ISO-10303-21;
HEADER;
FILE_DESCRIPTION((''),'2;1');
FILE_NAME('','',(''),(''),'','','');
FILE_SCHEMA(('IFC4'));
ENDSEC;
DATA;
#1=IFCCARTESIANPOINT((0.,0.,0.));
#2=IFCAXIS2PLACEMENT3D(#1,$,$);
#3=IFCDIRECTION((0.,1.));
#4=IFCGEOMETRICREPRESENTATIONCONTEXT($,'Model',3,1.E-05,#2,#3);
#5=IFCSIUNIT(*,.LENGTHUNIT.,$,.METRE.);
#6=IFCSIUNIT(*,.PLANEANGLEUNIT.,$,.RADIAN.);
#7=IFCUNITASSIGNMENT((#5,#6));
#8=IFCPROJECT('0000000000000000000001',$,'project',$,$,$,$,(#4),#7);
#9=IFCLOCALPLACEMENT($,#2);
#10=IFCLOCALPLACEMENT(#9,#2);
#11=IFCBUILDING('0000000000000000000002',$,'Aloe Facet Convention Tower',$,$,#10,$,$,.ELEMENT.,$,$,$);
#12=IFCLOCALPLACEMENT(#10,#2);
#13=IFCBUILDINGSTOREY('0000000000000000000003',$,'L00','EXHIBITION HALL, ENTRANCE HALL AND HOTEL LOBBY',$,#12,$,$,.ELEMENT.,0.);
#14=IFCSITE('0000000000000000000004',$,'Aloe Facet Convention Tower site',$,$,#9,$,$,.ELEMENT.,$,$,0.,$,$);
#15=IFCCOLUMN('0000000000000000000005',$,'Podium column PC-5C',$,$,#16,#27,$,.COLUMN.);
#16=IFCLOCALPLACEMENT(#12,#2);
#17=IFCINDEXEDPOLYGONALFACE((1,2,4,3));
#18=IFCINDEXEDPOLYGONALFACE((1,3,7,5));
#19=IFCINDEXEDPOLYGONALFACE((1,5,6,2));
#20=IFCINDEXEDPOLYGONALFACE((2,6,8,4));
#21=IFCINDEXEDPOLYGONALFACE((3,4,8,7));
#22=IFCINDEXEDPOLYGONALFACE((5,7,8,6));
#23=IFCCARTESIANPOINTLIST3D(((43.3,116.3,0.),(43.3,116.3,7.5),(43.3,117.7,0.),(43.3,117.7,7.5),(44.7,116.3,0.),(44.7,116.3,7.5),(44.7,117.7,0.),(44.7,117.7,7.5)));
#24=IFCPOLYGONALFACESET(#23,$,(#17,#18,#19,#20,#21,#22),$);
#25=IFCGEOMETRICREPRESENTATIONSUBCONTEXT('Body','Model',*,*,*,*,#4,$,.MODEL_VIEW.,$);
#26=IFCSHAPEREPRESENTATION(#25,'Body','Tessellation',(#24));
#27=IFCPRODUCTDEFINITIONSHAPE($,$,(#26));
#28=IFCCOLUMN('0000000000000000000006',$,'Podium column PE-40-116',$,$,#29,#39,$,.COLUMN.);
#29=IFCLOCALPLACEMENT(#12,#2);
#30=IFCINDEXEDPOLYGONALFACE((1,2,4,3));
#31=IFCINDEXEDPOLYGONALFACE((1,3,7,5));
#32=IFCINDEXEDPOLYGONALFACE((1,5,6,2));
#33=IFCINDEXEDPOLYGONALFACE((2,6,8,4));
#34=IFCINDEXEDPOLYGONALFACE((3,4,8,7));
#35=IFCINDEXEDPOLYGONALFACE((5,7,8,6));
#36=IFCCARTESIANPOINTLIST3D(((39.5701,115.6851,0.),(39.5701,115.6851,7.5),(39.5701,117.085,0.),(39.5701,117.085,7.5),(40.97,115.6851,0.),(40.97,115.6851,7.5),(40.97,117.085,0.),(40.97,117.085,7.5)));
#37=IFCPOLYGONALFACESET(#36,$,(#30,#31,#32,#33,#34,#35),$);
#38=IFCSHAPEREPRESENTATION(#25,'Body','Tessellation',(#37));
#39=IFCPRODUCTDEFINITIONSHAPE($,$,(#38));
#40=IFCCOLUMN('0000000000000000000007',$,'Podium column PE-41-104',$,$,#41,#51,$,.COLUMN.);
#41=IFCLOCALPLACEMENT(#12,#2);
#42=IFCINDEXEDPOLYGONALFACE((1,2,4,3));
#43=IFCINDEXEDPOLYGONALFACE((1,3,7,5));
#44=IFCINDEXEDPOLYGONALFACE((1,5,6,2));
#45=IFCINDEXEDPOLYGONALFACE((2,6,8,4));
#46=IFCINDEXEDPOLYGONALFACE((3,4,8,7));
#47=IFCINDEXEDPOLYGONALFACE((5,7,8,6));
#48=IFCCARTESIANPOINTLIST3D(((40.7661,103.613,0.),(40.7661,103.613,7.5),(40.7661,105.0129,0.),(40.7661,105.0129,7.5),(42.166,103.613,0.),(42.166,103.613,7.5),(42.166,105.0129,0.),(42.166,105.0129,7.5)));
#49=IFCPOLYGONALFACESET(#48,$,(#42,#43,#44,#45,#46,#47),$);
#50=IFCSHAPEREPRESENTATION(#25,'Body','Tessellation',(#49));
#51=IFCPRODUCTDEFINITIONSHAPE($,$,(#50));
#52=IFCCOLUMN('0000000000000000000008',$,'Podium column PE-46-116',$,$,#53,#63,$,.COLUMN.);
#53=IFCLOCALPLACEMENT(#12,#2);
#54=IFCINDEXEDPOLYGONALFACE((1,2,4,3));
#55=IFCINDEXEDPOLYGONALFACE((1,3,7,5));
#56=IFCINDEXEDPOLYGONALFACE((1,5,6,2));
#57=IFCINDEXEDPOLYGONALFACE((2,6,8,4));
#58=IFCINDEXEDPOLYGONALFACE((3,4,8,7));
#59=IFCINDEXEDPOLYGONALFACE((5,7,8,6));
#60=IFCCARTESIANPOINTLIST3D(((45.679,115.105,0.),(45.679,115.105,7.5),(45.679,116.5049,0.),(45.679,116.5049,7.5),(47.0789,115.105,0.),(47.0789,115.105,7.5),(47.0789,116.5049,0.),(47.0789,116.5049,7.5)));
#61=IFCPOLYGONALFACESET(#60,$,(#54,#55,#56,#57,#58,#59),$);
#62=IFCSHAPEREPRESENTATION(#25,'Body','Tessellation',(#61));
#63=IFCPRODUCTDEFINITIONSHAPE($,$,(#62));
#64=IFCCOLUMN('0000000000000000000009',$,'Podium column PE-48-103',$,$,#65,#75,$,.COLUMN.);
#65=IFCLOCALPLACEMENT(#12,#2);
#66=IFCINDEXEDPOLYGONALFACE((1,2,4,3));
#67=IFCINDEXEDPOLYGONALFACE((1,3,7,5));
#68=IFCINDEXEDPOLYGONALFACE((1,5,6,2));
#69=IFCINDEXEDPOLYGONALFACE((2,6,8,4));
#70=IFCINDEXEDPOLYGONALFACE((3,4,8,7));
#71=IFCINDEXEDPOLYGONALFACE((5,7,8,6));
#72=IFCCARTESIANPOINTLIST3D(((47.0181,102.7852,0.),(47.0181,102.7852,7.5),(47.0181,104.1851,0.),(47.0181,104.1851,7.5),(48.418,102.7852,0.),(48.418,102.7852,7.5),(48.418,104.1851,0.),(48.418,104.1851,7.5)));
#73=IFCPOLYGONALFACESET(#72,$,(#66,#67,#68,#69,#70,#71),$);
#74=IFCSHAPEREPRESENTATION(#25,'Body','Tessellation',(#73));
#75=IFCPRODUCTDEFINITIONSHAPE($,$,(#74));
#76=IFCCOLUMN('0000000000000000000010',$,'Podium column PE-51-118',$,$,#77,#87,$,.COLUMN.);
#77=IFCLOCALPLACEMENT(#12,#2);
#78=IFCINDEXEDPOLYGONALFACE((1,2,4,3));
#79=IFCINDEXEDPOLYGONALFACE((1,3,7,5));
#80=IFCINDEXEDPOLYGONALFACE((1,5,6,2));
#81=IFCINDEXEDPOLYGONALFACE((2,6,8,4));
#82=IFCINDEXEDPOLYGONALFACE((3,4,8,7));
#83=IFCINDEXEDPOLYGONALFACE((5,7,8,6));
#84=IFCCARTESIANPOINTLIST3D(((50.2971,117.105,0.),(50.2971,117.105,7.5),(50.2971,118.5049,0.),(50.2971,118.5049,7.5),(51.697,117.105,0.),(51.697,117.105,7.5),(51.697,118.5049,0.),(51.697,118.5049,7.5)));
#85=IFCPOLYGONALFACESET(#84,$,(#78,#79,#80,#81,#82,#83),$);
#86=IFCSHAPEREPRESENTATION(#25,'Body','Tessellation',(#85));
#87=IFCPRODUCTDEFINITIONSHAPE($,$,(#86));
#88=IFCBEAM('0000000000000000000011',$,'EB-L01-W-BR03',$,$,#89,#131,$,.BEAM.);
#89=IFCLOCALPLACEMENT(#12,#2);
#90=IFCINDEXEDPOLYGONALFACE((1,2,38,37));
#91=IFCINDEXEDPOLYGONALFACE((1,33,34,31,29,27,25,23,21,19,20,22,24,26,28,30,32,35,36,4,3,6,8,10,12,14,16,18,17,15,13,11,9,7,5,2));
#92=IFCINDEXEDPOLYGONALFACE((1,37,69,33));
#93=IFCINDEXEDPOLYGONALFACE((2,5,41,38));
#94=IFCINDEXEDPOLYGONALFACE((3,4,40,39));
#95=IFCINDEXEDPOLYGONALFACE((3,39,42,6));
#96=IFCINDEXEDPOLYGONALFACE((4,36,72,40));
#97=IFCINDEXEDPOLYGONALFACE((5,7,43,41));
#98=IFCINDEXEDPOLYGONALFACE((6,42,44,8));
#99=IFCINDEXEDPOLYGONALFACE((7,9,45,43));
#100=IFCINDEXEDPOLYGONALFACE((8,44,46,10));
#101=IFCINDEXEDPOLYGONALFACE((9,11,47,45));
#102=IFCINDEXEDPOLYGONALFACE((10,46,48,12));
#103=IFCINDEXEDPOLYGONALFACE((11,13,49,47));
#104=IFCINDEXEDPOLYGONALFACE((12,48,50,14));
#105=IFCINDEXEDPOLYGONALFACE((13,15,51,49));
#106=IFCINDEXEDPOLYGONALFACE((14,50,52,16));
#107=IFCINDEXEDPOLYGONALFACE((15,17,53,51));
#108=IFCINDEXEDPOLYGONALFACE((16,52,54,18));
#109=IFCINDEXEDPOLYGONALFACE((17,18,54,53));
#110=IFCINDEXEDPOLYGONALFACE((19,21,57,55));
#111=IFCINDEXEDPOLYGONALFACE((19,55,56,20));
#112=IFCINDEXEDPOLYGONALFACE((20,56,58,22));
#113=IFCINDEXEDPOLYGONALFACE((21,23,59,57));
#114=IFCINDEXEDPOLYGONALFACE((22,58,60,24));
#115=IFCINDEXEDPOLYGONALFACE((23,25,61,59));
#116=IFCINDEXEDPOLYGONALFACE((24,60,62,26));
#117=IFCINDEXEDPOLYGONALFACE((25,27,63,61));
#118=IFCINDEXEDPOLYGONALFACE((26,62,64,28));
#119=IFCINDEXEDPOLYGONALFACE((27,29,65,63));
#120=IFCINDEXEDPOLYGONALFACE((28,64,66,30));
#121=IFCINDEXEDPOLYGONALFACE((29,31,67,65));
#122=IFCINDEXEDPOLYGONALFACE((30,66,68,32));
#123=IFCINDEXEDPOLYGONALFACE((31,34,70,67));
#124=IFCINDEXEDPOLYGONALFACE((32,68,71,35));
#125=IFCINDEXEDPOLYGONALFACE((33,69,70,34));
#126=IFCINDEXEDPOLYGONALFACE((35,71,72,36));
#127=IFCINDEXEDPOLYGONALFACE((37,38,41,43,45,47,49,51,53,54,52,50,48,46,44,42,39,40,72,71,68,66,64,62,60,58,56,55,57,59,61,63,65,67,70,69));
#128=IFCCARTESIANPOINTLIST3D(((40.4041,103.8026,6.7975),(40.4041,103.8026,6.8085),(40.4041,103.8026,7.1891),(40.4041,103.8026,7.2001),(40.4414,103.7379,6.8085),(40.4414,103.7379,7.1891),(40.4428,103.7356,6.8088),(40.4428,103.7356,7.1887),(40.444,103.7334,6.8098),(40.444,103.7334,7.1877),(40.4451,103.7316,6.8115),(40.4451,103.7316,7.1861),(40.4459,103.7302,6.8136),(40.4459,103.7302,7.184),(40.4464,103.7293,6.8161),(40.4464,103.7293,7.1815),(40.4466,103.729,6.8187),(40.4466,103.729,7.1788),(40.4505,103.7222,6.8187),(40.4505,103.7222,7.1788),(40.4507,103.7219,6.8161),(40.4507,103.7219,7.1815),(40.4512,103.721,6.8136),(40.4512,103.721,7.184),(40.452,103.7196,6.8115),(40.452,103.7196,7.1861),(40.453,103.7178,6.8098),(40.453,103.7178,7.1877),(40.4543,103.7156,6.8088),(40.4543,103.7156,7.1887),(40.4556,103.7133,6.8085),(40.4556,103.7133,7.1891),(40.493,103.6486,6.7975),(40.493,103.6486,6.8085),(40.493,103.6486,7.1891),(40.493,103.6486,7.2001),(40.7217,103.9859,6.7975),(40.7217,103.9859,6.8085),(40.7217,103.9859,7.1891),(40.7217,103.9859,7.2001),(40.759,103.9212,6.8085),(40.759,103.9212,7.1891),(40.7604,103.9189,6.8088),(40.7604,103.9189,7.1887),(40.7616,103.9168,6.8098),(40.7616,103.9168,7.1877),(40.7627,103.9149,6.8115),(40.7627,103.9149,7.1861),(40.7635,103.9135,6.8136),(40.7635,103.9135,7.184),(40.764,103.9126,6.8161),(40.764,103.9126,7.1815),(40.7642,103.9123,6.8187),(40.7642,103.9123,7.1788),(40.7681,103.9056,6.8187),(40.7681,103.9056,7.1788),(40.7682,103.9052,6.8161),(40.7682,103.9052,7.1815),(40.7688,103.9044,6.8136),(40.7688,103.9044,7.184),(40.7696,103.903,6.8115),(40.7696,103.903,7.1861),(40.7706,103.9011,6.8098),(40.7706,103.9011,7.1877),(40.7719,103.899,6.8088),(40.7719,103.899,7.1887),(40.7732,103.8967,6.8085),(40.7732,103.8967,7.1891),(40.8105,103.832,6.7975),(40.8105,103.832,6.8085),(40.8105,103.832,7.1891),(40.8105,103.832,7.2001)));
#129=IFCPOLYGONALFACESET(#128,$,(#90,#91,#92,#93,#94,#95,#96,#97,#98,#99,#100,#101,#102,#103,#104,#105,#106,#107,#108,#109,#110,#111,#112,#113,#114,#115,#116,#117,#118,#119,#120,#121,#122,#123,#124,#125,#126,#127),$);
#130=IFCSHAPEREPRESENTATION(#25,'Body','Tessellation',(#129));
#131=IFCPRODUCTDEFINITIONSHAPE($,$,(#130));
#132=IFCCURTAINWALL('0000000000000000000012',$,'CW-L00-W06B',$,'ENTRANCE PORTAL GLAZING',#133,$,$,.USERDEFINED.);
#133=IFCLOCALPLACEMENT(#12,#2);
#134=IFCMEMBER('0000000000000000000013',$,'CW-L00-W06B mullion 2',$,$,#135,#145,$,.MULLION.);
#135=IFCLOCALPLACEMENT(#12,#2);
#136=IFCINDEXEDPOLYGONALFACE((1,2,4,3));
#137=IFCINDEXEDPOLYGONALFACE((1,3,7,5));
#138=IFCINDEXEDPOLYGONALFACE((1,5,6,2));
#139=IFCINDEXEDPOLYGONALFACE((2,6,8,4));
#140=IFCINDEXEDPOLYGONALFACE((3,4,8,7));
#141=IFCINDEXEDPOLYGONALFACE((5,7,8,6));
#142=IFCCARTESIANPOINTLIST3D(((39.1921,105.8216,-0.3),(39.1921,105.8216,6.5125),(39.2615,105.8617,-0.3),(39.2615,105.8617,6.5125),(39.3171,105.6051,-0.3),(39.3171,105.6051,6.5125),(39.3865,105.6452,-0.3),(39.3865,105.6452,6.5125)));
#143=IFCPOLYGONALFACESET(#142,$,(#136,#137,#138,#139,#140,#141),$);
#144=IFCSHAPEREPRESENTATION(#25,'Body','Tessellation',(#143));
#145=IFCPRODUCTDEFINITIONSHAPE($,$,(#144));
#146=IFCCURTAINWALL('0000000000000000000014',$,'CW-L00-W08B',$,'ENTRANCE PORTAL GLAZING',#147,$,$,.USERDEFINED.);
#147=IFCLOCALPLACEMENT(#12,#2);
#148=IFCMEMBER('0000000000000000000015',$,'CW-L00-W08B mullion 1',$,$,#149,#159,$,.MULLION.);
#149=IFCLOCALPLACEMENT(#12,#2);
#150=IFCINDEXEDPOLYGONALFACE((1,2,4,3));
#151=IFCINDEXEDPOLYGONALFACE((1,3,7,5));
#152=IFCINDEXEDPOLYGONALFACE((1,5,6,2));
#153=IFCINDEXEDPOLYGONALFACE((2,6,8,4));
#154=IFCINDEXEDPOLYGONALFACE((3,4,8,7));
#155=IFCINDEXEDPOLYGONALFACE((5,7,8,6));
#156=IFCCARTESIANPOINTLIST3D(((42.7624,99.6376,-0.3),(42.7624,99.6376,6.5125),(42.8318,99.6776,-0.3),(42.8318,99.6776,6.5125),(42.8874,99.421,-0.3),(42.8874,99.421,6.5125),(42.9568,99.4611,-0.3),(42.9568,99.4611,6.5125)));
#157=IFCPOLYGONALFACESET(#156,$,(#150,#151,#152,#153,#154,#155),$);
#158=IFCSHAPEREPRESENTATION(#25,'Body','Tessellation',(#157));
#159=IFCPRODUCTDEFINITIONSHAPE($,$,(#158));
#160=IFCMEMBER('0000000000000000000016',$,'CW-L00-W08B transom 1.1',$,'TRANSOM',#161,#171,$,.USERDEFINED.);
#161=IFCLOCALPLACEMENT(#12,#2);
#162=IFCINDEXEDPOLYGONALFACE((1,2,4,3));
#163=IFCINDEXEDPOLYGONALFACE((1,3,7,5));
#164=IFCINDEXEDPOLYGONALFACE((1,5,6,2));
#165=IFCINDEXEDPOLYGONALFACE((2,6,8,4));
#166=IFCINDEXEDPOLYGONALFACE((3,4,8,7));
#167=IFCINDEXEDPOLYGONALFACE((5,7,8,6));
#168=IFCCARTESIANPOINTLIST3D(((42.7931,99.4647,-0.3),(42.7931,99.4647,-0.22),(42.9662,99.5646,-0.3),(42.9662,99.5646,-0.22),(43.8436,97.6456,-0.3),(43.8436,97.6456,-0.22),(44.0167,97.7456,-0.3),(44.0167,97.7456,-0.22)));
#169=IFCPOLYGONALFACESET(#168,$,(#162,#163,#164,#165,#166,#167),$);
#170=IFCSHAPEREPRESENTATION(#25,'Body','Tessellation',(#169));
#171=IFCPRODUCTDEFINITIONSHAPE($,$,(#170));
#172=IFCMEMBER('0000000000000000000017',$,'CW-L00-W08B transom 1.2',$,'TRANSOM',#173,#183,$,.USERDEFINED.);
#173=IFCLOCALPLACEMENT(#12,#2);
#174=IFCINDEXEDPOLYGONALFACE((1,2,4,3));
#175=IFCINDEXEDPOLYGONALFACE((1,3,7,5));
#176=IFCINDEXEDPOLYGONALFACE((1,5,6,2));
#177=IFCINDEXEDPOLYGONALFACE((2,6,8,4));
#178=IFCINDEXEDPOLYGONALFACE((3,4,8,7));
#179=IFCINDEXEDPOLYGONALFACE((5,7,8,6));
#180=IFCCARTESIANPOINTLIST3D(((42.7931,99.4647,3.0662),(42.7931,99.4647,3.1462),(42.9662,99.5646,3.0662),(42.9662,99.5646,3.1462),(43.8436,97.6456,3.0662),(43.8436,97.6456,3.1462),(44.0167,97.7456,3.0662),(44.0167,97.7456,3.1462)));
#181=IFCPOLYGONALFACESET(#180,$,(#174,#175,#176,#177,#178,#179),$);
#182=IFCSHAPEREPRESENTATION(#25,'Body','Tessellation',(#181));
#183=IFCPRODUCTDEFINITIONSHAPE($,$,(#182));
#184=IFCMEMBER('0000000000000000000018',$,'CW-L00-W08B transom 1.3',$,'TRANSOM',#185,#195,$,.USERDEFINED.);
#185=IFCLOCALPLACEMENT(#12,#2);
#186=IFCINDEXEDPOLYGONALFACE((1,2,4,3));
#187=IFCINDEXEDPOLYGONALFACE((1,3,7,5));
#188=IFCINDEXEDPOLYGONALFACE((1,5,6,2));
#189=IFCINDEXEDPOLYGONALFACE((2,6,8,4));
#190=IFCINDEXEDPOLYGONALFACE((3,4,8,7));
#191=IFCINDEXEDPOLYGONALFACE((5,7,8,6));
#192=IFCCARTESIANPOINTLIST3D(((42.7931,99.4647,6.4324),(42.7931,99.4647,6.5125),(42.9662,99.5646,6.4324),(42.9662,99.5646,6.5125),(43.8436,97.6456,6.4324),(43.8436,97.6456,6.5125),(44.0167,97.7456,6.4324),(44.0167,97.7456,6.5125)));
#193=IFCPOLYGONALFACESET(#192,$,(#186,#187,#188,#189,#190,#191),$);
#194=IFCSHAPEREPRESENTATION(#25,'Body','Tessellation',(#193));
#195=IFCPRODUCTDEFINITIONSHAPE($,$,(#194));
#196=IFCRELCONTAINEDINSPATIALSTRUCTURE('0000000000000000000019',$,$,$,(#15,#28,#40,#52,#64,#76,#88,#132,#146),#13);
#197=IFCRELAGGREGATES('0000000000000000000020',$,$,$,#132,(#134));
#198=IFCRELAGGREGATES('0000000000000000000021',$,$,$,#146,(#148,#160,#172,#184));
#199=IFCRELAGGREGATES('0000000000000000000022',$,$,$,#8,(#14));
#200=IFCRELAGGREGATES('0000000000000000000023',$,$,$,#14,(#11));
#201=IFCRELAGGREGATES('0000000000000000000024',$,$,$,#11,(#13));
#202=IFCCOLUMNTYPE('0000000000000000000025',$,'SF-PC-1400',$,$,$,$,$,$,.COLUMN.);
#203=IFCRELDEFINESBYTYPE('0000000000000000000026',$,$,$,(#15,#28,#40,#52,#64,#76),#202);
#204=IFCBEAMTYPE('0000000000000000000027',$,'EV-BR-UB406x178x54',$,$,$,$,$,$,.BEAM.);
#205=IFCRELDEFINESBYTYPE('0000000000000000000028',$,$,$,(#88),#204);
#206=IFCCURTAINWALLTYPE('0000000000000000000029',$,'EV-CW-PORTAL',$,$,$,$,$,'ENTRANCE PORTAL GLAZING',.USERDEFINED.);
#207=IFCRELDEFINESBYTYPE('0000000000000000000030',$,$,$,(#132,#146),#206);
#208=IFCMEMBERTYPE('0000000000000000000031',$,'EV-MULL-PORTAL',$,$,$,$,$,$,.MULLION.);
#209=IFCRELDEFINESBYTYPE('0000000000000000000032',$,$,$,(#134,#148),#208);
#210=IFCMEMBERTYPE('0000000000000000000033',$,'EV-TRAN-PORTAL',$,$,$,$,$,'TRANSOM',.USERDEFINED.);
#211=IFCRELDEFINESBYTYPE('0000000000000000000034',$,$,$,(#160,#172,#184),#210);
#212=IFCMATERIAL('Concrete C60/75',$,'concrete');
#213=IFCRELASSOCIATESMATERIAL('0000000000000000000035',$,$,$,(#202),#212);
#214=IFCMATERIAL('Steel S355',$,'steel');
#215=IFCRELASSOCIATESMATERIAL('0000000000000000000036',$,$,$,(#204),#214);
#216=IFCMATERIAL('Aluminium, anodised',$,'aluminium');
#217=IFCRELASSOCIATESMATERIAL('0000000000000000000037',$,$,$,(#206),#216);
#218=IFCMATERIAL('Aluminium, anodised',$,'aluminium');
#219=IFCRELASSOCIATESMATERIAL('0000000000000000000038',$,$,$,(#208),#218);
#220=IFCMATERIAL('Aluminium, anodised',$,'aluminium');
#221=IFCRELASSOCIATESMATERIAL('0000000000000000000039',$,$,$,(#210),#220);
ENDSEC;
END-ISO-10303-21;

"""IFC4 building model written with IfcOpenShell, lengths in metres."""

from ifc_helpers import new_model, si_unit, direction, frame, origin, origin_2d, place, context, subcontext, project, spatial, rectangle, i_section, extrude, material, material_profile, profile_set, type_object, element, aggregate, save


model = new_model("IFC4")

# Units and contexts
model_context = context("Model", 3, precision=1e-05, world=origin(), true_north=direction((0.0, 1.0)))
body_context = subcontext(model_context, "Body", "Model", "MODEL_VIEW")
ifc_project = project(units=[si_unit("LENGTHUNIT", "METRE"), si_unit("PLANEANGLEUNIT", "RADIAN")], contexts=[model_context])

# Site, building, storey
site_placement = place(None, origin())
site = spatial("IfcSite", under=ifc_project, at=site_placement, Name="Aloe Facet Convention Tower site", CompositionType="ELEMENT", RefElevation=0.0)
building_placement = place(site_placement, origin())
building = spatial("IfcBuilding", under=site, at=building_placement, Name="Aloe Facet Convention Tower", CompositionType="ELEMENT")
storey_placement = place(building_placement, origin())
storey = spatial("IfcBuildingStorey", under=building, at=storey_placement, Name="L00", Description="EXHIBITION HALL, ENTRANCE HALL AND HOTEL LOBBY", CompositionType="ELEMENT", Elevation=0.0)

# Columns
ifc_material_1 = material(Name="Concrete C60/75", Category="concrete")
ifc_material_profile_1 = material_profile(ifc_material_1, rectangle(XDim=1.3999, YDim=1.3999, at=origin_2d()), Name="SF-PC-1400")
ifc_profile_set_1 = profile_set([ifc_material_profile_1], Name="Concrete C60/75")
column_type = type_object("IfcColumnType", Name="SF-PC-1400", PredefinedType="COLUMN", material=ifc_profile_set_1)
for number, where, z_axis, x_axis, name in (
    (1, (44.0, 117.0, 0.0), (0.0, 0.0, 1.0), (1.0, 0.0, 0.0), "Podium column PC-5C"),
    (2, (40.27, 116.385, 0.0), (0.0, 0.0, 1.0), (1.0, 0.0, 0.0), "Podium column PE-40-116"),
    (3, (41.4661, 104.313, 0.0), (0.0, 0.0, 1.0), (1.0, 0.0, 0.0), "Podium column PE-41-104"),
    (4, (46.3789, 115.8049, 0.0), (0.0, 0.0, 1.0), (1.0, 0.0, 0.0), "Podium column PE-46-116"),
    (5, (47.718, 103.4851, 0.0), (0.0, 0.0, 1.0), (1.0, 0.0, 0.0), "Podium column PE-48-103"),
    (6, (50.9971, 117.8049, 0.0), (0.0, 0.0, 1.0), (1.0, 0.0, 0.0), "Podium column PE-51-118"),
):
    element("IfcColumn", number, at=place(storey_placement, frame(where, z_axis=z_axis, x_axis=x_axis)), inside=storey, type_object=column_type, Name=name, PredefinedType="COLUMN", context=body_context, shape_type="SweptSolid", body=[
        extrude(rectangle(XDim=1.3999, YDim=1.3999, at=origin_2d()), origin(), (0.0, 0.0, 1.0), 7.5),
    ])

# Beam
ifc_material_2 = material(Name="Steel S355", Category="steel")
ifc_material_profile_2 = material_profile(ifc_material_2, i_section(OverallWidth=0.1777, OverallDepth=0.4026, WebThickness=0.0078, FlangeThickness=0.011, FilletRadius=0.0103, at=origin_2d()), Name="UB 406x178x54")
ifc_profile_set_2 = profile_set([ifc_material_profile_2], Name="Steel S355")
beam_type_1 = type_object("IfcBeamType", Name="EV-BR-UB406x178x54", PredefinedType="BEAM", material=ifc_profile_set_2)
beam_1_placement = place(storey_placement, frame((40.7661, 103.9089, 6.9988), z_axis=(-0.866064, -0.499934, 0.0), x_axis=(0.499934, -0.866064, 0.0)))
element("IfcBeam", 7, at=beam_1_placement, inside=storey, type_object=beam_type_1, Name="EB-L01-W-BR03", PredefinedType="BEAM", context=body_context, shape_type="SweptSolid", body=[
    extrude(i_section(OverallWidth=0.1777, OverallDepth=0.4026, WebThickness=0.0078, FlangeThickness=0.011, FilletRadius=0.0103, at=origin_2d()), origin(), (0.0, 0.0, 1.0), 0.3667),
])

# Curtain wall, member
ifc_material_3 = material(Name="Aluminium, anodised", Category="aluminium")
curtain_wall_type = type_object("IfcCurtainWallType", Name="EV-CW-PORTAL", ElementType="ENTRANCE PORTAL GLAZING", PredefinedType="USERDEFINED", material=ifc_material_3)
curtain_wall_1_placement = place(storey_placement, origin())
curtain_wall_1 = element("IfcCurtainWall", 8, at=curtain_wall_1_placement, inside=storey, type_object=curtain_wall_type, Name="CW-L00-W06B", ObjectType="ENTRANCE PORTAL GLAZING", PredefinedType="USERDEFINED")
ifc_material_4 = material(Name="Aluminium, anodised", Category="aluminium")
ifc_material_profile_3 = material_profile(ifc_material_4, rectangle(XDim=0.0801, YDim=0.25, at=origin_2d()), Name="AL 80x250")
ifc_profile_set_3 = profile_set([ifc_material_profile_3], Name="Aluminium, anodised")
member_type_1 = type_object("IfcMemberType", Name="EV-MULL-PORTAL", PredefinedType="MULLION", material=ifc_profile_set_3)
member_1_placement = place(storey_placement, frame((39.2893, 105.7334, -0.3), z_axis=(0.0, 0.0, 1.0), x_axis=(0.866025, 0.5, 0.0)))
member_1 = element("IfcMember", 9, at=member_1_placement, type_object=member_type_1, Name="CW-L00-W06B mullion 2", PredefinedType="MULLION", context=body_context, shape_type="SweptSolid", body=[
    extrude(rectangle(XDim=0.0801, YDim=0.25, at=origin_2d()), origin(), (0.0, 0.0, 1.0), 6.8125),
])

# Curtain wall, members
curtain_wall_2_placement = place(storey_placement, origin())
curtain_wall_2 = element("IfcCurtainWall", 10, at=curtain_wall_2_placement, inside=storey, type_object=curtain_wall_type, Name="CW-L00-W08B", ObjectType="ENTRANCE PORTAL GLAZING", PredefinedType="USERDEFINED")
member_2_placement = place(storey_placement, frame((42.8596, 99.5493, -0.3), z_axis=(0.0, 0.0, 1.0), x_axis=(0.866025, 0.5, 0.0)))
member_2 = element("IfcMember", 11, at=member_2_placement, type_object=member_type_1, Name="CW-L00-W08B mullion 1", PredefinedType="MULLION", context=body_context, shape_type="SweptSolid", body=[
    extrude(rectangle(XDim=0.0801, YDim=0.25, at=origin_2d()), origin(), (0.0, 0.0, 1.0), 6.8125),
])
ifc_material_5 = material(Name="Aluminium, anodised", Category="aluminium")
ifc_material_profile_4 = material_profile(ifc_material_5, rectangle(XDim=0.2, YDim=0.0801, at=origin_2d()), Name="AL 200x80")
ifc_profile_set_4 = profile_set([ifc_material_profile_4], Name="Aluminium, anodised")
member_type_2 = type_object("IfcMemberType", Name="EV-TRAN-PORTAL", ElementType="TRANSOM", PredefinedType="USERDEFINED", material=ifc_profile_set_4)
member_3_placement = place(storey_placement, frame((42.8796, 99.5146, -0.26), z_axis=(0.500101, -0.865967, 0.0), x_axis=(0.865967, 0.500101, 0.0)))
member_3 = element("IfcMember", 12, at=member_3_placement, type_object=member_type_2, Name="CW-L00-W08B transom 1.1", ObjectType="TRANSOM", PredefinedType="USERDEFINED", context=body_context, shape_type="SweptSolid", body=[
    extrude(rectangle(XDim=0.2, YDim=0.0801, at=origin_2d()), origin(), (0.0, 0.0, 1.0), 2.1006),
])
member_4_placement = place(storey_placement, frame((42.8796, 99.5146, 3.1062), z_axis=(0.500101, -0.865967, 0.0), x_axis=(0.865967, 0.500101, 0.0)))
member_4 = element("IfcMember", 13, at=member_4_placement, type_object=member_type_2, Name="CW-L00-W08B transom 1.2", ObjectType="TRANSOM", PredefinedType="USERDEFINED", context=body_context, shape_type="SweptSolid", body=[
    extrude(rectangle(XDim=0.2, YDim=0.0801, at=origin_2d()), origin(), (0.0, 0.0, 1.0), 2.1006),
])
member_5_placement = place(storey_placement, frame((42.8796, 99.5146, 6.4724), z_axis=(0.500101, -0.865967, 0.0), x_axis=(0.865967, 0.500101, 0.0)))
member_5 = element("IfcMember", 14, at=member_5_placement, type_object=member_type_2, Name="CW-L00-W08B transom 1.3", ObjectType="TRANSOM", PredefinedType="USERDEFINED", context=body_context, shape_type="SweptSolid", body=[
    extrude(rectangle(XDim=0.2, YDim=0.0801, at=origin_2d()), origin(), (0.0, 0.0, 1.0), 2.1006),
])

aggregate(curtain_wall_1, [member_1])
aggregate(curtain_wall_2, [member_2, member_3, member_4, member_5])

save(model, "model.ifc")
